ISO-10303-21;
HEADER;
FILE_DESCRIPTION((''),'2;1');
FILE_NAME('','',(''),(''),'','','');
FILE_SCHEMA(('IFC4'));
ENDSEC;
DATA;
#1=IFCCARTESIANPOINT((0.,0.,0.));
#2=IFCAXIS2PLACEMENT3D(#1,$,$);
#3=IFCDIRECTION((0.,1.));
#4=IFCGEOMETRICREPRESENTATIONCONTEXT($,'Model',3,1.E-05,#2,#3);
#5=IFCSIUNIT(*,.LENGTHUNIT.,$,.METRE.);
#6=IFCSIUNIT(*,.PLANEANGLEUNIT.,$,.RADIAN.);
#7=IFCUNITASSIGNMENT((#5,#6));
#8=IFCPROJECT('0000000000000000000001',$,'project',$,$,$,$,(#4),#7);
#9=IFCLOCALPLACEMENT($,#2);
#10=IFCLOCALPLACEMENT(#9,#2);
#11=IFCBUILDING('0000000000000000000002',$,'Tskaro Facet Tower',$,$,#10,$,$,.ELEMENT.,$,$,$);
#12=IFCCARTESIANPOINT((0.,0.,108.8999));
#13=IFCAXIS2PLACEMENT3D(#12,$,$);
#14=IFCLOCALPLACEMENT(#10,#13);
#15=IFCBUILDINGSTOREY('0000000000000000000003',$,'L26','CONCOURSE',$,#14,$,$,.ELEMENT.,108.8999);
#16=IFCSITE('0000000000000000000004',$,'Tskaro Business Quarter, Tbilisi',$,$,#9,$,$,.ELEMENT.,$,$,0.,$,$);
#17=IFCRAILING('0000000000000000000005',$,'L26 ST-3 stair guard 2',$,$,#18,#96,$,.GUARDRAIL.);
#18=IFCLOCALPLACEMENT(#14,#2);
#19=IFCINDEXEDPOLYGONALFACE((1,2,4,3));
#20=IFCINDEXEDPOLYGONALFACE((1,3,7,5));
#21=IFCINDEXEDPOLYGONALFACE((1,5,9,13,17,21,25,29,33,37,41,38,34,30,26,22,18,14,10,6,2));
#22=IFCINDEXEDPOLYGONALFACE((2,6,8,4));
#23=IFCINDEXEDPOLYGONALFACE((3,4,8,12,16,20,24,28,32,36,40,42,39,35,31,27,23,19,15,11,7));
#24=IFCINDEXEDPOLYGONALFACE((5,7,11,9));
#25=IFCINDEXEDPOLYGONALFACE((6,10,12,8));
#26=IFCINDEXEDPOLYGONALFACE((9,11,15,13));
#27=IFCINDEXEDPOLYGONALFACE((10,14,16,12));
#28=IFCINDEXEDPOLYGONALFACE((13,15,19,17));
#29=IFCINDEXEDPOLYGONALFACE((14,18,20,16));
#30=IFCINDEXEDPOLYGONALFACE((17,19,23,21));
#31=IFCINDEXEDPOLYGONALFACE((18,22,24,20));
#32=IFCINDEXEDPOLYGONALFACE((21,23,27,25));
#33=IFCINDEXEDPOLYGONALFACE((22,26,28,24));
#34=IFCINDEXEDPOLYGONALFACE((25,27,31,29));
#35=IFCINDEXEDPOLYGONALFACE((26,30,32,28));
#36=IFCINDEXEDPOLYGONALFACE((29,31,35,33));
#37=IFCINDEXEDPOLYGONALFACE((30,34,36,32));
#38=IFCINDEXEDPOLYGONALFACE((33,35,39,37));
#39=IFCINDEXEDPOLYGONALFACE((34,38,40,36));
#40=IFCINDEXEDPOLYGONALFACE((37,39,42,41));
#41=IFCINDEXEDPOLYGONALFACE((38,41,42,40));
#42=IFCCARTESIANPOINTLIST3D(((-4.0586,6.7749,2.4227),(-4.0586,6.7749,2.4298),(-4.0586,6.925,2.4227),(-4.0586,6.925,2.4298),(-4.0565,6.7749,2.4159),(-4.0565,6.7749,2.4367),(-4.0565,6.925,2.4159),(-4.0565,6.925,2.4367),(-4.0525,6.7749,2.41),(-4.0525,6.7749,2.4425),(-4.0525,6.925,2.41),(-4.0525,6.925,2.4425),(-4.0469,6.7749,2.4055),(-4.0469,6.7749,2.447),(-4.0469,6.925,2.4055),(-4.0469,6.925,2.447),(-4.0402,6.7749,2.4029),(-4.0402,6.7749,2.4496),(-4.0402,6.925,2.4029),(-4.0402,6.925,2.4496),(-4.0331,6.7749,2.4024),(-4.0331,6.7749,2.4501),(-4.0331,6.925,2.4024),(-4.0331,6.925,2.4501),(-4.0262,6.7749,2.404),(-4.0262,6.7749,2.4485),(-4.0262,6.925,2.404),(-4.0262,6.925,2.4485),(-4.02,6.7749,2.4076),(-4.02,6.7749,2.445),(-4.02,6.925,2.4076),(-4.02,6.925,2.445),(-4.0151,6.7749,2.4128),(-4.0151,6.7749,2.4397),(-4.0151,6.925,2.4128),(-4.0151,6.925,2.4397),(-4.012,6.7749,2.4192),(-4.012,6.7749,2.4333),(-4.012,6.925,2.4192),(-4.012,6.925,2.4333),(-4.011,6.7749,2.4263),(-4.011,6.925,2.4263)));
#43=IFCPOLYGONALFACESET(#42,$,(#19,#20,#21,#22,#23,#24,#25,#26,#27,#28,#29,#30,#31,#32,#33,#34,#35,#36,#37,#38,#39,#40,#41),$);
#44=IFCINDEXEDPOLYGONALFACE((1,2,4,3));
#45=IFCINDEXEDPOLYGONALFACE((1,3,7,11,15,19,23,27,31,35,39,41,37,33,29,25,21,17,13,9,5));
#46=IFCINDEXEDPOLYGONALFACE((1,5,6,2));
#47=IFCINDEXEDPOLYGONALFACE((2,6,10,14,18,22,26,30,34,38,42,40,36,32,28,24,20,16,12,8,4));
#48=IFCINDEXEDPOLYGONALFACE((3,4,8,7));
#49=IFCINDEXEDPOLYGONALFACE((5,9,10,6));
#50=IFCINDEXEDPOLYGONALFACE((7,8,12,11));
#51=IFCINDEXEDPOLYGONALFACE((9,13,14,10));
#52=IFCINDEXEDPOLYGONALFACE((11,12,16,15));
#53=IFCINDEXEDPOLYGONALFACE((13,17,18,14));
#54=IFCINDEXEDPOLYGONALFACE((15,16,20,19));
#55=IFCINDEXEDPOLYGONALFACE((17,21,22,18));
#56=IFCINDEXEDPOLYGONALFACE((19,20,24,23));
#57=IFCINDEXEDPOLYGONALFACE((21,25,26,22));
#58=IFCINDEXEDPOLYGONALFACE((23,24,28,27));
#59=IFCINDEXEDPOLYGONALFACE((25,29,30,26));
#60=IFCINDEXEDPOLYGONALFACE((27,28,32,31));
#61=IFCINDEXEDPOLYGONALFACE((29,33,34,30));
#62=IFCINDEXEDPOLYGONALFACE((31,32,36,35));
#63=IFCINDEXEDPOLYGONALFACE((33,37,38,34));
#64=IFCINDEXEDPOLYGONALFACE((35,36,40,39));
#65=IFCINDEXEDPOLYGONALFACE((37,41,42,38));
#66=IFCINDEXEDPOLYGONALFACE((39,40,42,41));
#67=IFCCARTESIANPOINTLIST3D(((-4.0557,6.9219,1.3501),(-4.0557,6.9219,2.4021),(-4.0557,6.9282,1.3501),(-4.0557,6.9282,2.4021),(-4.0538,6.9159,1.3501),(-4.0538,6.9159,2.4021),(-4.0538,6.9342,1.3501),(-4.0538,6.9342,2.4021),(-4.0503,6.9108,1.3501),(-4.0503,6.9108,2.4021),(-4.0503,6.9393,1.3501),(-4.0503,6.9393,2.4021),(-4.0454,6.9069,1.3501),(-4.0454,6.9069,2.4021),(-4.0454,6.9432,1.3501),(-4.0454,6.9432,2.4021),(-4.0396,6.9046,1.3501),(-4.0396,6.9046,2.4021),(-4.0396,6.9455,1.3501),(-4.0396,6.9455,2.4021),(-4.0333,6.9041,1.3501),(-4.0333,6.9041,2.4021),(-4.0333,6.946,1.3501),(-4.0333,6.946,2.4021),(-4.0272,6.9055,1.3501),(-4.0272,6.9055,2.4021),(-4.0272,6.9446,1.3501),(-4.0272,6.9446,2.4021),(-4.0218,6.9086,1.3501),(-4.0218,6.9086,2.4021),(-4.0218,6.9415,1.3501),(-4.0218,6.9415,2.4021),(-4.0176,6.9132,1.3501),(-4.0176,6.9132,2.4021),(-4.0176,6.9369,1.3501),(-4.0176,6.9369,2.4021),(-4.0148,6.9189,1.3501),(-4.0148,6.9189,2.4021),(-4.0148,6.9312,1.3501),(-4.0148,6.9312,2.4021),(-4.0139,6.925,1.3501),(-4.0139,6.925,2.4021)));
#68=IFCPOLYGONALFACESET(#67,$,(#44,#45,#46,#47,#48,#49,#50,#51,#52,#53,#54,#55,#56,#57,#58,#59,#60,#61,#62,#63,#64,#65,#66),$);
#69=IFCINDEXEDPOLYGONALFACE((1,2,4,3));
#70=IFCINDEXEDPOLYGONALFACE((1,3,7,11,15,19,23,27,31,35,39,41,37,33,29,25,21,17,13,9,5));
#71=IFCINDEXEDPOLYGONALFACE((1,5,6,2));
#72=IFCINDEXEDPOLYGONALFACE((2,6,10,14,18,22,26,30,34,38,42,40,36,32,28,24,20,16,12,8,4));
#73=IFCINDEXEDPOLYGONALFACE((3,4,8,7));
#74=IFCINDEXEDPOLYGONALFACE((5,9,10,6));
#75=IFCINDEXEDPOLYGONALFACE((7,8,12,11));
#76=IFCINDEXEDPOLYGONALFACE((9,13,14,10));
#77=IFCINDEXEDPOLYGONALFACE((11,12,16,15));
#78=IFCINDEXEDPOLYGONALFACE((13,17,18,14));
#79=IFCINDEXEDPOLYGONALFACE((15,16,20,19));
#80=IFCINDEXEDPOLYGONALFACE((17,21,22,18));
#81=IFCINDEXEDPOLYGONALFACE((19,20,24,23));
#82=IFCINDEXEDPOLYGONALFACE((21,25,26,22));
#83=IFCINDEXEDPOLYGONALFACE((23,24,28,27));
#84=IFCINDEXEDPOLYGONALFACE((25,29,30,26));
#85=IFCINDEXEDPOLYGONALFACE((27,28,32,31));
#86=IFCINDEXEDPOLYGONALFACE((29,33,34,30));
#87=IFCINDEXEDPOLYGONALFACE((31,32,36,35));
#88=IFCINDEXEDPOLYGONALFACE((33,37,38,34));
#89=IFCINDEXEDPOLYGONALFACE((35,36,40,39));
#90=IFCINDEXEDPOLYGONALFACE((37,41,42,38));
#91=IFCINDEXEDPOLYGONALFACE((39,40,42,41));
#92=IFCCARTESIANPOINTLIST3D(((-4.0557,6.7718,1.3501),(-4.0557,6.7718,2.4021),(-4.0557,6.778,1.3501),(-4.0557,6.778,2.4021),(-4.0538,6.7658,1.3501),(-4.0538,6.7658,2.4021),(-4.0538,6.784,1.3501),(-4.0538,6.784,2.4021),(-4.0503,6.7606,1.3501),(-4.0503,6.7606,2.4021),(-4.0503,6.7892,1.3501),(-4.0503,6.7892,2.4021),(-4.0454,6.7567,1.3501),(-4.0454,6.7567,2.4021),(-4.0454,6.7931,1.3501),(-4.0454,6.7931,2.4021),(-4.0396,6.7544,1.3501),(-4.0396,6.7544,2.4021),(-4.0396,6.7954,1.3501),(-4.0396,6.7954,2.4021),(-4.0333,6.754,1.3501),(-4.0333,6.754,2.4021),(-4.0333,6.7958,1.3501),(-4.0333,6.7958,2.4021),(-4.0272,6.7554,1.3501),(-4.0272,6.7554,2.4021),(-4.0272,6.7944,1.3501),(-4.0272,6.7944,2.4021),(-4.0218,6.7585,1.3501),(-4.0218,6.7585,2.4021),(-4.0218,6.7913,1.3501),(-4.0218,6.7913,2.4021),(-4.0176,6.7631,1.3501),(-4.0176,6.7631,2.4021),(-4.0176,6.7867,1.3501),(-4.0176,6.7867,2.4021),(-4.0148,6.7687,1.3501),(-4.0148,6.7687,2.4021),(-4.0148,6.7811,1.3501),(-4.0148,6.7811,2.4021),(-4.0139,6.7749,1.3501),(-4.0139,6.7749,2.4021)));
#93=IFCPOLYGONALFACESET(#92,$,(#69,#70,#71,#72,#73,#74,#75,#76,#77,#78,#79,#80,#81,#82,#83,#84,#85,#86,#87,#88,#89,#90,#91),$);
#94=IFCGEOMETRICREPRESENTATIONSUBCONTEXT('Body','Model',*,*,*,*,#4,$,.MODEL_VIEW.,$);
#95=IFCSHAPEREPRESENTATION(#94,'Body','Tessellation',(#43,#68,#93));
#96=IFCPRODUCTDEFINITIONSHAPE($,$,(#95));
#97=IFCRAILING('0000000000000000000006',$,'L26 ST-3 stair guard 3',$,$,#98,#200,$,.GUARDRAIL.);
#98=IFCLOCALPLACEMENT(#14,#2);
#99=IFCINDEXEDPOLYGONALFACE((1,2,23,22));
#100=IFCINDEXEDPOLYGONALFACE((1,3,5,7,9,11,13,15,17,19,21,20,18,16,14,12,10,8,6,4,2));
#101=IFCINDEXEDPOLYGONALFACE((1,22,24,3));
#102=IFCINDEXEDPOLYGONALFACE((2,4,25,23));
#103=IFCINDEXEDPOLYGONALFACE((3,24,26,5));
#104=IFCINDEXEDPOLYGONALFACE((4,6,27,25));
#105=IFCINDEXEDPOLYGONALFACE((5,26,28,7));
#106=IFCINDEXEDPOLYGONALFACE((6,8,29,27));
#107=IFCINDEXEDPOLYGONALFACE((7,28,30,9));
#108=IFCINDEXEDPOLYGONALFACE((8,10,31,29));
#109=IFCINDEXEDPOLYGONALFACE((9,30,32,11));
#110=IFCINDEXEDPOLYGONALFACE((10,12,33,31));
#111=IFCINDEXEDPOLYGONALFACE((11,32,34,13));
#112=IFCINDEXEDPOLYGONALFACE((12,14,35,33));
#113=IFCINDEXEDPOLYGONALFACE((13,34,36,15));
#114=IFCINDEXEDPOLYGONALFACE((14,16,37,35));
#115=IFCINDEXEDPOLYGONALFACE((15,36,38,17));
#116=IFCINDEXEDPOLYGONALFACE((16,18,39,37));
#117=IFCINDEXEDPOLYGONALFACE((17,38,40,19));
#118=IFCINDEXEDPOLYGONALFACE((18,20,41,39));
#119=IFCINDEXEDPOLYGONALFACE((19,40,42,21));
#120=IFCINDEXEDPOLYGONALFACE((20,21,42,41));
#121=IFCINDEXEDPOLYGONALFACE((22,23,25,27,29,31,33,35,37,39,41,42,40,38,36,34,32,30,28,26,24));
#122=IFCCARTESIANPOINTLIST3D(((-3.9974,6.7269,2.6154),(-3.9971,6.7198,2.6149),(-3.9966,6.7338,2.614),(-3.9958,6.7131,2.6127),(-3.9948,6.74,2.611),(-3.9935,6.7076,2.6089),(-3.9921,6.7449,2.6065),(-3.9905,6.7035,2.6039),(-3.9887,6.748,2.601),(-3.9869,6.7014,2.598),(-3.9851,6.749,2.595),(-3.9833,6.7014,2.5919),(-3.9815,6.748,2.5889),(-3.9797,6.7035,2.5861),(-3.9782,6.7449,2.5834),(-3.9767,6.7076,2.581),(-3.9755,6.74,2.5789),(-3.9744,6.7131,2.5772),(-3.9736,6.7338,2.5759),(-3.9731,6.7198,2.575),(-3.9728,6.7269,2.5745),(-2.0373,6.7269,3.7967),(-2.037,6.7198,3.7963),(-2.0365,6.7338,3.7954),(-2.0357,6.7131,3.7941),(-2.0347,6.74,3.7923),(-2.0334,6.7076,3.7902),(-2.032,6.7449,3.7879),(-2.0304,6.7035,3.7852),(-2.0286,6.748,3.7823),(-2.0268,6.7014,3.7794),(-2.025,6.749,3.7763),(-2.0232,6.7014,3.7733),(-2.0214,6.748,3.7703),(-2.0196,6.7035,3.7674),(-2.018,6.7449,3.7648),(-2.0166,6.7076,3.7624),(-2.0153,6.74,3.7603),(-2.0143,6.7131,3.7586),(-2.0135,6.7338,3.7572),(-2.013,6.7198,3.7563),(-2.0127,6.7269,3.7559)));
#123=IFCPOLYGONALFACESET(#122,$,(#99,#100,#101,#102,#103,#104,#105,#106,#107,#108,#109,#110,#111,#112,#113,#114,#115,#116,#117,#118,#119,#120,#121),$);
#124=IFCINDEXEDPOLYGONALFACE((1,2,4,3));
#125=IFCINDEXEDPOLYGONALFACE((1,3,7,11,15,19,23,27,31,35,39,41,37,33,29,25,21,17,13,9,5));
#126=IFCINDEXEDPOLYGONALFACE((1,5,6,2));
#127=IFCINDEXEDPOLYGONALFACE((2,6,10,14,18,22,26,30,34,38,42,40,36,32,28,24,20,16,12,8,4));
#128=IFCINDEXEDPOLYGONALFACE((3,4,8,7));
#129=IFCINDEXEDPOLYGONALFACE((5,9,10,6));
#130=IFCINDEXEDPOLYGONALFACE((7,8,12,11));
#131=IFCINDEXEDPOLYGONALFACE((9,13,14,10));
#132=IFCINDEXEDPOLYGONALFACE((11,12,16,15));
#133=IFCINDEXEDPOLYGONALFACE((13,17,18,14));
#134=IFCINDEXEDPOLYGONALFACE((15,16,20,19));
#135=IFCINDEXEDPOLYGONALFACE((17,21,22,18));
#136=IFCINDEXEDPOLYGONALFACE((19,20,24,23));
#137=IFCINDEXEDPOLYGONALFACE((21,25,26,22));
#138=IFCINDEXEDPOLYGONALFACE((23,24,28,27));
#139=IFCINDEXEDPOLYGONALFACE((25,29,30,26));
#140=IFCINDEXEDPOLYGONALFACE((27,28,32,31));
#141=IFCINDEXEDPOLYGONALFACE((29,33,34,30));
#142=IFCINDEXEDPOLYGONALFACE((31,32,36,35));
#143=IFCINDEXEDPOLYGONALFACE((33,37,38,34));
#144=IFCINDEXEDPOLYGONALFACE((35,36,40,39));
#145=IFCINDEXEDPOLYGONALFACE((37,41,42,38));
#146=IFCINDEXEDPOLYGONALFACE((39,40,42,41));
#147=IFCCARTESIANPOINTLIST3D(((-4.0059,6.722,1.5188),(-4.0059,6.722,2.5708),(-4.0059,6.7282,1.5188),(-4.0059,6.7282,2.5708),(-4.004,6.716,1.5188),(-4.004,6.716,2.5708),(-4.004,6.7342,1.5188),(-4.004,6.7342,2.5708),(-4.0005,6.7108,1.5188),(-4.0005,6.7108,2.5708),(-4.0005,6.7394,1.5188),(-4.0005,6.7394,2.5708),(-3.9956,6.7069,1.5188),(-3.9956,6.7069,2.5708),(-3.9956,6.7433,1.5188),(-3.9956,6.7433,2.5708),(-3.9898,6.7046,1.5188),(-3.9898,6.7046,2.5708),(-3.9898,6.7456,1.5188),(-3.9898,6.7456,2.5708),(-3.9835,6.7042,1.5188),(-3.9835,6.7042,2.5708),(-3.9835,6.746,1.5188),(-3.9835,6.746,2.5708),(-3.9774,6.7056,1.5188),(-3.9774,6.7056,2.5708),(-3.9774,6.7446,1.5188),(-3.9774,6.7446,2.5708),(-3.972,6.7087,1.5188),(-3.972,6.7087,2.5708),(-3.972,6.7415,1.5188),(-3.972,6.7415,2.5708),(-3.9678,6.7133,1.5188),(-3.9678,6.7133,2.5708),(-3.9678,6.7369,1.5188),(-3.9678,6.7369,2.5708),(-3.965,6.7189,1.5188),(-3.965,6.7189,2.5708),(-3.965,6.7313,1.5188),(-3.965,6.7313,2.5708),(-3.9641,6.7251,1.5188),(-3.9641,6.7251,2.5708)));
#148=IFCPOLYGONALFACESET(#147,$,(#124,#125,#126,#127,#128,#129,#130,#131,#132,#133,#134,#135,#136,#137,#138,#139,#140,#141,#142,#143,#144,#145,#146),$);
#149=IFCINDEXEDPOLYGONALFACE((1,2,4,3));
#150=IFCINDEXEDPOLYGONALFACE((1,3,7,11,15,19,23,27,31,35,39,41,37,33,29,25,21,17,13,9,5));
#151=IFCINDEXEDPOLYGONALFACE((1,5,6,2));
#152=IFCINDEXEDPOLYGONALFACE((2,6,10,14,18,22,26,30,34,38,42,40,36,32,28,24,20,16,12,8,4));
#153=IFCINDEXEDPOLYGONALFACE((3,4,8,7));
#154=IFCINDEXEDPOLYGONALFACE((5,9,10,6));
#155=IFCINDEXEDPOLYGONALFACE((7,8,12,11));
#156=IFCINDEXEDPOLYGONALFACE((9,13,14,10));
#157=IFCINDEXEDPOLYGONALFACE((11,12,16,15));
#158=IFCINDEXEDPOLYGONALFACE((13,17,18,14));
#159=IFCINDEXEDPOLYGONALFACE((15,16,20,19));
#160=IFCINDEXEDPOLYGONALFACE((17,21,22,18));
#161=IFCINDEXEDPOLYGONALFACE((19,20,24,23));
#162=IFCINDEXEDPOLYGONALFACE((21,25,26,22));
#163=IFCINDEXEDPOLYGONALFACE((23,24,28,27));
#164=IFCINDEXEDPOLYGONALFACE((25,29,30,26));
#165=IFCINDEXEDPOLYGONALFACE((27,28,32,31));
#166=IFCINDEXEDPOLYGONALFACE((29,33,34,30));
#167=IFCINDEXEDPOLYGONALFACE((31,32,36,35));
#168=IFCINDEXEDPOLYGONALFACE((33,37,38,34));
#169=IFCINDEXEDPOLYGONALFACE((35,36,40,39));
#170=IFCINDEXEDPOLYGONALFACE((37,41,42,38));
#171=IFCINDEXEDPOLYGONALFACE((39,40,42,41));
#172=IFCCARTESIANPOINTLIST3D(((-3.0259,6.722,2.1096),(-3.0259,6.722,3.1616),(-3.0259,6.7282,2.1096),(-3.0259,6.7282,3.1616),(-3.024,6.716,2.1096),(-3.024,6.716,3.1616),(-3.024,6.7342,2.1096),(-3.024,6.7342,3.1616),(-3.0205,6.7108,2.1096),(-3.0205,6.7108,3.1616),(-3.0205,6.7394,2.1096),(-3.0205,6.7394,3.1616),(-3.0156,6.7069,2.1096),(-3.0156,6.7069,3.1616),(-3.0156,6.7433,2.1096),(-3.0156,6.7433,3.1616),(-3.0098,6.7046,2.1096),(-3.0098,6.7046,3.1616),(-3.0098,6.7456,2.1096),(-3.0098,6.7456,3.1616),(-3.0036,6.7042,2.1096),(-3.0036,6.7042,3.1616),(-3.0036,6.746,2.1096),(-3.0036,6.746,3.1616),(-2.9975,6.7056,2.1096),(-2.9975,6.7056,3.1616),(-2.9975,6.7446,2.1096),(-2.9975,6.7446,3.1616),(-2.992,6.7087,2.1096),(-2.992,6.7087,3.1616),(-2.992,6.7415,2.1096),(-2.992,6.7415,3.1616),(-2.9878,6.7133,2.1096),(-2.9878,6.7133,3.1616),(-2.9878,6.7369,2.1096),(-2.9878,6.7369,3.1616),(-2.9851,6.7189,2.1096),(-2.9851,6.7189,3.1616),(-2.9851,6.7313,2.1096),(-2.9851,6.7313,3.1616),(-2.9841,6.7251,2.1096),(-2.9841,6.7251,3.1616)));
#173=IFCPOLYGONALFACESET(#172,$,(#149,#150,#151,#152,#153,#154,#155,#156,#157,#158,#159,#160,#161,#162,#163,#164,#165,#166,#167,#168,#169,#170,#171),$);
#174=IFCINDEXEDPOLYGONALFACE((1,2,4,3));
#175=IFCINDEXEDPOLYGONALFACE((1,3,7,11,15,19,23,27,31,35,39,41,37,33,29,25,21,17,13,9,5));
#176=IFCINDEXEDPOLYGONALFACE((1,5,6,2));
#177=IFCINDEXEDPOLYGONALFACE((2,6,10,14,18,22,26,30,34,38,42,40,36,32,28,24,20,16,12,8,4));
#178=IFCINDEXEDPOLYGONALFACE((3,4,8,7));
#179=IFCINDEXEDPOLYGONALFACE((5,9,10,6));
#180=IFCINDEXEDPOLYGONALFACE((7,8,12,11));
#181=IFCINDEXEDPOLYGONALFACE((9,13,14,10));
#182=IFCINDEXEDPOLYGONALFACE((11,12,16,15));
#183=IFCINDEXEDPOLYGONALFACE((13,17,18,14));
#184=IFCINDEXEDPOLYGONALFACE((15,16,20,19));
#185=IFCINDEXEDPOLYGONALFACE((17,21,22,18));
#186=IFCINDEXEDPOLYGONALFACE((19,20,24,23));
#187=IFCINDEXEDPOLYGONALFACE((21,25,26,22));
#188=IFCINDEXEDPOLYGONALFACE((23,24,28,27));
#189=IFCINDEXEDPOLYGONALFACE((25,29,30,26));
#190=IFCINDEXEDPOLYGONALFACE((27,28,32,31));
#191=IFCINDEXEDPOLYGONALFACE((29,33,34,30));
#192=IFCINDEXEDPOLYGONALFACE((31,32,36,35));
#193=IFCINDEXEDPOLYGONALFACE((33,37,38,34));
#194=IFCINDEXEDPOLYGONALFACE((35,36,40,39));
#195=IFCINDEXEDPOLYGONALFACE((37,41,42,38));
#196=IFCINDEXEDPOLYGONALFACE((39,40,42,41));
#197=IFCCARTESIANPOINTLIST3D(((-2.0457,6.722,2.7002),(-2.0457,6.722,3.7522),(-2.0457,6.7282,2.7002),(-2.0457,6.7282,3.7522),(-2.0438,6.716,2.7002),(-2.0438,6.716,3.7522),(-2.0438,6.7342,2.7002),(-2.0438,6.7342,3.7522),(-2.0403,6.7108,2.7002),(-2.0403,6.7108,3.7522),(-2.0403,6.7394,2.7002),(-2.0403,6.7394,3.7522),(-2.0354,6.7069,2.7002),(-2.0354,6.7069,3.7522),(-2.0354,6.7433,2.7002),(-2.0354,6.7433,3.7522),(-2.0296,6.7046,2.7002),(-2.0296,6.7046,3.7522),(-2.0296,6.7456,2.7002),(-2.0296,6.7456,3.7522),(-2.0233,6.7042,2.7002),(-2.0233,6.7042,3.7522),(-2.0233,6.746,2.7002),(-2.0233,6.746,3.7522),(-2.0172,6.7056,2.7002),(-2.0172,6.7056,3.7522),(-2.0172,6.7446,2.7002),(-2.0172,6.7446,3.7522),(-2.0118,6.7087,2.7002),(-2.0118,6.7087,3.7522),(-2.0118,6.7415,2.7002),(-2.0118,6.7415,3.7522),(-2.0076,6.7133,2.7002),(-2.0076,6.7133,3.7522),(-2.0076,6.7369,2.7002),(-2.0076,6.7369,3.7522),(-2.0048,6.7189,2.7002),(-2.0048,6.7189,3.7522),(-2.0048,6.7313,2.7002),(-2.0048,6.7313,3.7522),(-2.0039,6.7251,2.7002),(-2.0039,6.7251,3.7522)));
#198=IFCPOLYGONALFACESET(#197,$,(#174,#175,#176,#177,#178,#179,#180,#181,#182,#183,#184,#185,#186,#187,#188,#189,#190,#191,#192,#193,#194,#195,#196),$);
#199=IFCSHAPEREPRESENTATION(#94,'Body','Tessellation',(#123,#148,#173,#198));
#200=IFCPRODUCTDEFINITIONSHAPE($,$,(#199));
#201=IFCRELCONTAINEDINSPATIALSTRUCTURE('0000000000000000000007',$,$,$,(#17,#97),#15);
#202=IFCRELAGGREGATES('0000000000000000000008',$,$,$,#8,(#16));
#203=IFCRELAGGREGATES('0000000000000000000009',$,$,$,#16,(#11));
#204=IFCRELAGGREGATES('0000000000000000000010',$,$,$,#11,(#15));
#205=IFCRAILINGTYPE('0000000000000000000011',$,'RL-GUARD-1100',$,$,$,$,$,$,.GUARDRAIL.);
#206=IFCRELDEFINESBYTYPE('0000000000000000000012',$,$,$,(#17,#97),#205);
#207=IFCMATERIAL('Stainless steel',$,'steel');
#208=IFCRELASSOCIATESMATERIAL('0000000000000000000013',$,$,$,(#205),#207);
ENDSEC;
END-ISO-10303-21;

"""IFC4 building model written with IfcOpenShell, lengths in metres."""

from ifc_helpers import new_model, si_unit, direction, frame, origin, origin_2d, place, context, subcontext, project, spatial, circle, extrude, material, type_object, element, save


model = new_model("IFC4")

# Units and contexts
model_context = context("Model", 3, precision=1e-05, world=origin(), true_north=direction((0.0, 1.0)))
body_context = subcontext(model_context, "Body", "Model", "MODEL_VIEW")
ifc_project = project(units=[si_unit("LENGTHUNIT", "METRE"), si_unit("PLANEANGLEUNIT", "RADIAN")], contexts=[model_context])

# Site, building, storey
site_placement = place(None, origin())
site = spatial("IfcSite", under=ifc_project, at=site_placement, Name="Tskaro Business Quarter, Tbilisi", CompositionType="ELEMENT", RefElevation=0.0)
building_placement = place(site_placement, origin())
building = spatial("IfcBuilding", under=site, at=building_placement, Name="Tskaro Facet Tower", CompositionType="ELEMENT")
storey_placement = place(building_placement, frame((0.0, 0.0, 108.8999)))
storey = spatial("IfcBuildingStorey", under=building, at=storey_placement, Name="L26", Description="CONCOURSE", CompositionType="ELEMENT", Elevation=108.8999)

# Railings
ifc_material_1 = material(Name="Stainless steel", Category="steel")
railing_type_1 = type_object("IfcRailingType", Name="RL-GUARD-1100", PredefinedType="GUARDRAIL", material=ifc_material_1)
railing_1_placement = place(storey_placement, frame((-4.0349, 6.925, 1.3501)))
element("IfcRailing", 1, at=railing_1_placement, inside=storey, type_object=railing_type_1, Name="L26 ST-3 stair guard 2", PredefinedType="GUARDRAIL", context=body_context, shape_type="SweptSolid", body=[
    extrude(circle(Radius=0.0239, at=origin_2d()), frame((0.0, 0.0, 1.0762), z_axis=(0.0, -1.0, 0.0), x_axis=(1.0, 0.0, 0.0)), (0.0, 0.0, 1.0), 0.1501),
    extrude(circle(Radius=0.021, at=origin_2d()), origin(), (0.0, 0.0, 1.0), 1.052),
    extrude(circle(Radius=0.021, at=origin_2d()), frame((0.0, -0.1501, 0.0)), (0.0, 0.0, 1.0), 1.052),
])
railing_2_placement = place(storey_placement, frame((-3.9851, 6.7251, 1.5188)))
element("IfcRailing", 2, at=railing_2_placement, inside=storey, type_object=railing_type_1, Name="L26 ST-3 stair guard 3", PredefinedType="GUARDRAIL", context=body_context, shape_type="SweptSolid", body=[
    extrude(circle(Radius=0.0239, at=origin_2d()), frame((0.0, 0.0, 1.0762), z_axis=(0.856475, 0.0, 0.516189), x_axis=(0.0, 1.0, 0.0)), (0.0, 0.0, 1.0), 2.2886),
    extrude(circle(Radius=0.021, at=origin_2d()), origin(), (0.0, 0.0, 1.0), 1.052),
    extrude(circle(Radius=0.021, at=origin_2d()), frame((0.98, 0.0, 0.5908)), (0.0, 0.0, 1.0), 1.052),
    extrude(circle(Radius=0.021, at=origin_2d()), frame((1.9602, 0.0, 1.1814)), (0.0, 0.0, 1.0), 1.052),
])

save(model, "model.ifc")
